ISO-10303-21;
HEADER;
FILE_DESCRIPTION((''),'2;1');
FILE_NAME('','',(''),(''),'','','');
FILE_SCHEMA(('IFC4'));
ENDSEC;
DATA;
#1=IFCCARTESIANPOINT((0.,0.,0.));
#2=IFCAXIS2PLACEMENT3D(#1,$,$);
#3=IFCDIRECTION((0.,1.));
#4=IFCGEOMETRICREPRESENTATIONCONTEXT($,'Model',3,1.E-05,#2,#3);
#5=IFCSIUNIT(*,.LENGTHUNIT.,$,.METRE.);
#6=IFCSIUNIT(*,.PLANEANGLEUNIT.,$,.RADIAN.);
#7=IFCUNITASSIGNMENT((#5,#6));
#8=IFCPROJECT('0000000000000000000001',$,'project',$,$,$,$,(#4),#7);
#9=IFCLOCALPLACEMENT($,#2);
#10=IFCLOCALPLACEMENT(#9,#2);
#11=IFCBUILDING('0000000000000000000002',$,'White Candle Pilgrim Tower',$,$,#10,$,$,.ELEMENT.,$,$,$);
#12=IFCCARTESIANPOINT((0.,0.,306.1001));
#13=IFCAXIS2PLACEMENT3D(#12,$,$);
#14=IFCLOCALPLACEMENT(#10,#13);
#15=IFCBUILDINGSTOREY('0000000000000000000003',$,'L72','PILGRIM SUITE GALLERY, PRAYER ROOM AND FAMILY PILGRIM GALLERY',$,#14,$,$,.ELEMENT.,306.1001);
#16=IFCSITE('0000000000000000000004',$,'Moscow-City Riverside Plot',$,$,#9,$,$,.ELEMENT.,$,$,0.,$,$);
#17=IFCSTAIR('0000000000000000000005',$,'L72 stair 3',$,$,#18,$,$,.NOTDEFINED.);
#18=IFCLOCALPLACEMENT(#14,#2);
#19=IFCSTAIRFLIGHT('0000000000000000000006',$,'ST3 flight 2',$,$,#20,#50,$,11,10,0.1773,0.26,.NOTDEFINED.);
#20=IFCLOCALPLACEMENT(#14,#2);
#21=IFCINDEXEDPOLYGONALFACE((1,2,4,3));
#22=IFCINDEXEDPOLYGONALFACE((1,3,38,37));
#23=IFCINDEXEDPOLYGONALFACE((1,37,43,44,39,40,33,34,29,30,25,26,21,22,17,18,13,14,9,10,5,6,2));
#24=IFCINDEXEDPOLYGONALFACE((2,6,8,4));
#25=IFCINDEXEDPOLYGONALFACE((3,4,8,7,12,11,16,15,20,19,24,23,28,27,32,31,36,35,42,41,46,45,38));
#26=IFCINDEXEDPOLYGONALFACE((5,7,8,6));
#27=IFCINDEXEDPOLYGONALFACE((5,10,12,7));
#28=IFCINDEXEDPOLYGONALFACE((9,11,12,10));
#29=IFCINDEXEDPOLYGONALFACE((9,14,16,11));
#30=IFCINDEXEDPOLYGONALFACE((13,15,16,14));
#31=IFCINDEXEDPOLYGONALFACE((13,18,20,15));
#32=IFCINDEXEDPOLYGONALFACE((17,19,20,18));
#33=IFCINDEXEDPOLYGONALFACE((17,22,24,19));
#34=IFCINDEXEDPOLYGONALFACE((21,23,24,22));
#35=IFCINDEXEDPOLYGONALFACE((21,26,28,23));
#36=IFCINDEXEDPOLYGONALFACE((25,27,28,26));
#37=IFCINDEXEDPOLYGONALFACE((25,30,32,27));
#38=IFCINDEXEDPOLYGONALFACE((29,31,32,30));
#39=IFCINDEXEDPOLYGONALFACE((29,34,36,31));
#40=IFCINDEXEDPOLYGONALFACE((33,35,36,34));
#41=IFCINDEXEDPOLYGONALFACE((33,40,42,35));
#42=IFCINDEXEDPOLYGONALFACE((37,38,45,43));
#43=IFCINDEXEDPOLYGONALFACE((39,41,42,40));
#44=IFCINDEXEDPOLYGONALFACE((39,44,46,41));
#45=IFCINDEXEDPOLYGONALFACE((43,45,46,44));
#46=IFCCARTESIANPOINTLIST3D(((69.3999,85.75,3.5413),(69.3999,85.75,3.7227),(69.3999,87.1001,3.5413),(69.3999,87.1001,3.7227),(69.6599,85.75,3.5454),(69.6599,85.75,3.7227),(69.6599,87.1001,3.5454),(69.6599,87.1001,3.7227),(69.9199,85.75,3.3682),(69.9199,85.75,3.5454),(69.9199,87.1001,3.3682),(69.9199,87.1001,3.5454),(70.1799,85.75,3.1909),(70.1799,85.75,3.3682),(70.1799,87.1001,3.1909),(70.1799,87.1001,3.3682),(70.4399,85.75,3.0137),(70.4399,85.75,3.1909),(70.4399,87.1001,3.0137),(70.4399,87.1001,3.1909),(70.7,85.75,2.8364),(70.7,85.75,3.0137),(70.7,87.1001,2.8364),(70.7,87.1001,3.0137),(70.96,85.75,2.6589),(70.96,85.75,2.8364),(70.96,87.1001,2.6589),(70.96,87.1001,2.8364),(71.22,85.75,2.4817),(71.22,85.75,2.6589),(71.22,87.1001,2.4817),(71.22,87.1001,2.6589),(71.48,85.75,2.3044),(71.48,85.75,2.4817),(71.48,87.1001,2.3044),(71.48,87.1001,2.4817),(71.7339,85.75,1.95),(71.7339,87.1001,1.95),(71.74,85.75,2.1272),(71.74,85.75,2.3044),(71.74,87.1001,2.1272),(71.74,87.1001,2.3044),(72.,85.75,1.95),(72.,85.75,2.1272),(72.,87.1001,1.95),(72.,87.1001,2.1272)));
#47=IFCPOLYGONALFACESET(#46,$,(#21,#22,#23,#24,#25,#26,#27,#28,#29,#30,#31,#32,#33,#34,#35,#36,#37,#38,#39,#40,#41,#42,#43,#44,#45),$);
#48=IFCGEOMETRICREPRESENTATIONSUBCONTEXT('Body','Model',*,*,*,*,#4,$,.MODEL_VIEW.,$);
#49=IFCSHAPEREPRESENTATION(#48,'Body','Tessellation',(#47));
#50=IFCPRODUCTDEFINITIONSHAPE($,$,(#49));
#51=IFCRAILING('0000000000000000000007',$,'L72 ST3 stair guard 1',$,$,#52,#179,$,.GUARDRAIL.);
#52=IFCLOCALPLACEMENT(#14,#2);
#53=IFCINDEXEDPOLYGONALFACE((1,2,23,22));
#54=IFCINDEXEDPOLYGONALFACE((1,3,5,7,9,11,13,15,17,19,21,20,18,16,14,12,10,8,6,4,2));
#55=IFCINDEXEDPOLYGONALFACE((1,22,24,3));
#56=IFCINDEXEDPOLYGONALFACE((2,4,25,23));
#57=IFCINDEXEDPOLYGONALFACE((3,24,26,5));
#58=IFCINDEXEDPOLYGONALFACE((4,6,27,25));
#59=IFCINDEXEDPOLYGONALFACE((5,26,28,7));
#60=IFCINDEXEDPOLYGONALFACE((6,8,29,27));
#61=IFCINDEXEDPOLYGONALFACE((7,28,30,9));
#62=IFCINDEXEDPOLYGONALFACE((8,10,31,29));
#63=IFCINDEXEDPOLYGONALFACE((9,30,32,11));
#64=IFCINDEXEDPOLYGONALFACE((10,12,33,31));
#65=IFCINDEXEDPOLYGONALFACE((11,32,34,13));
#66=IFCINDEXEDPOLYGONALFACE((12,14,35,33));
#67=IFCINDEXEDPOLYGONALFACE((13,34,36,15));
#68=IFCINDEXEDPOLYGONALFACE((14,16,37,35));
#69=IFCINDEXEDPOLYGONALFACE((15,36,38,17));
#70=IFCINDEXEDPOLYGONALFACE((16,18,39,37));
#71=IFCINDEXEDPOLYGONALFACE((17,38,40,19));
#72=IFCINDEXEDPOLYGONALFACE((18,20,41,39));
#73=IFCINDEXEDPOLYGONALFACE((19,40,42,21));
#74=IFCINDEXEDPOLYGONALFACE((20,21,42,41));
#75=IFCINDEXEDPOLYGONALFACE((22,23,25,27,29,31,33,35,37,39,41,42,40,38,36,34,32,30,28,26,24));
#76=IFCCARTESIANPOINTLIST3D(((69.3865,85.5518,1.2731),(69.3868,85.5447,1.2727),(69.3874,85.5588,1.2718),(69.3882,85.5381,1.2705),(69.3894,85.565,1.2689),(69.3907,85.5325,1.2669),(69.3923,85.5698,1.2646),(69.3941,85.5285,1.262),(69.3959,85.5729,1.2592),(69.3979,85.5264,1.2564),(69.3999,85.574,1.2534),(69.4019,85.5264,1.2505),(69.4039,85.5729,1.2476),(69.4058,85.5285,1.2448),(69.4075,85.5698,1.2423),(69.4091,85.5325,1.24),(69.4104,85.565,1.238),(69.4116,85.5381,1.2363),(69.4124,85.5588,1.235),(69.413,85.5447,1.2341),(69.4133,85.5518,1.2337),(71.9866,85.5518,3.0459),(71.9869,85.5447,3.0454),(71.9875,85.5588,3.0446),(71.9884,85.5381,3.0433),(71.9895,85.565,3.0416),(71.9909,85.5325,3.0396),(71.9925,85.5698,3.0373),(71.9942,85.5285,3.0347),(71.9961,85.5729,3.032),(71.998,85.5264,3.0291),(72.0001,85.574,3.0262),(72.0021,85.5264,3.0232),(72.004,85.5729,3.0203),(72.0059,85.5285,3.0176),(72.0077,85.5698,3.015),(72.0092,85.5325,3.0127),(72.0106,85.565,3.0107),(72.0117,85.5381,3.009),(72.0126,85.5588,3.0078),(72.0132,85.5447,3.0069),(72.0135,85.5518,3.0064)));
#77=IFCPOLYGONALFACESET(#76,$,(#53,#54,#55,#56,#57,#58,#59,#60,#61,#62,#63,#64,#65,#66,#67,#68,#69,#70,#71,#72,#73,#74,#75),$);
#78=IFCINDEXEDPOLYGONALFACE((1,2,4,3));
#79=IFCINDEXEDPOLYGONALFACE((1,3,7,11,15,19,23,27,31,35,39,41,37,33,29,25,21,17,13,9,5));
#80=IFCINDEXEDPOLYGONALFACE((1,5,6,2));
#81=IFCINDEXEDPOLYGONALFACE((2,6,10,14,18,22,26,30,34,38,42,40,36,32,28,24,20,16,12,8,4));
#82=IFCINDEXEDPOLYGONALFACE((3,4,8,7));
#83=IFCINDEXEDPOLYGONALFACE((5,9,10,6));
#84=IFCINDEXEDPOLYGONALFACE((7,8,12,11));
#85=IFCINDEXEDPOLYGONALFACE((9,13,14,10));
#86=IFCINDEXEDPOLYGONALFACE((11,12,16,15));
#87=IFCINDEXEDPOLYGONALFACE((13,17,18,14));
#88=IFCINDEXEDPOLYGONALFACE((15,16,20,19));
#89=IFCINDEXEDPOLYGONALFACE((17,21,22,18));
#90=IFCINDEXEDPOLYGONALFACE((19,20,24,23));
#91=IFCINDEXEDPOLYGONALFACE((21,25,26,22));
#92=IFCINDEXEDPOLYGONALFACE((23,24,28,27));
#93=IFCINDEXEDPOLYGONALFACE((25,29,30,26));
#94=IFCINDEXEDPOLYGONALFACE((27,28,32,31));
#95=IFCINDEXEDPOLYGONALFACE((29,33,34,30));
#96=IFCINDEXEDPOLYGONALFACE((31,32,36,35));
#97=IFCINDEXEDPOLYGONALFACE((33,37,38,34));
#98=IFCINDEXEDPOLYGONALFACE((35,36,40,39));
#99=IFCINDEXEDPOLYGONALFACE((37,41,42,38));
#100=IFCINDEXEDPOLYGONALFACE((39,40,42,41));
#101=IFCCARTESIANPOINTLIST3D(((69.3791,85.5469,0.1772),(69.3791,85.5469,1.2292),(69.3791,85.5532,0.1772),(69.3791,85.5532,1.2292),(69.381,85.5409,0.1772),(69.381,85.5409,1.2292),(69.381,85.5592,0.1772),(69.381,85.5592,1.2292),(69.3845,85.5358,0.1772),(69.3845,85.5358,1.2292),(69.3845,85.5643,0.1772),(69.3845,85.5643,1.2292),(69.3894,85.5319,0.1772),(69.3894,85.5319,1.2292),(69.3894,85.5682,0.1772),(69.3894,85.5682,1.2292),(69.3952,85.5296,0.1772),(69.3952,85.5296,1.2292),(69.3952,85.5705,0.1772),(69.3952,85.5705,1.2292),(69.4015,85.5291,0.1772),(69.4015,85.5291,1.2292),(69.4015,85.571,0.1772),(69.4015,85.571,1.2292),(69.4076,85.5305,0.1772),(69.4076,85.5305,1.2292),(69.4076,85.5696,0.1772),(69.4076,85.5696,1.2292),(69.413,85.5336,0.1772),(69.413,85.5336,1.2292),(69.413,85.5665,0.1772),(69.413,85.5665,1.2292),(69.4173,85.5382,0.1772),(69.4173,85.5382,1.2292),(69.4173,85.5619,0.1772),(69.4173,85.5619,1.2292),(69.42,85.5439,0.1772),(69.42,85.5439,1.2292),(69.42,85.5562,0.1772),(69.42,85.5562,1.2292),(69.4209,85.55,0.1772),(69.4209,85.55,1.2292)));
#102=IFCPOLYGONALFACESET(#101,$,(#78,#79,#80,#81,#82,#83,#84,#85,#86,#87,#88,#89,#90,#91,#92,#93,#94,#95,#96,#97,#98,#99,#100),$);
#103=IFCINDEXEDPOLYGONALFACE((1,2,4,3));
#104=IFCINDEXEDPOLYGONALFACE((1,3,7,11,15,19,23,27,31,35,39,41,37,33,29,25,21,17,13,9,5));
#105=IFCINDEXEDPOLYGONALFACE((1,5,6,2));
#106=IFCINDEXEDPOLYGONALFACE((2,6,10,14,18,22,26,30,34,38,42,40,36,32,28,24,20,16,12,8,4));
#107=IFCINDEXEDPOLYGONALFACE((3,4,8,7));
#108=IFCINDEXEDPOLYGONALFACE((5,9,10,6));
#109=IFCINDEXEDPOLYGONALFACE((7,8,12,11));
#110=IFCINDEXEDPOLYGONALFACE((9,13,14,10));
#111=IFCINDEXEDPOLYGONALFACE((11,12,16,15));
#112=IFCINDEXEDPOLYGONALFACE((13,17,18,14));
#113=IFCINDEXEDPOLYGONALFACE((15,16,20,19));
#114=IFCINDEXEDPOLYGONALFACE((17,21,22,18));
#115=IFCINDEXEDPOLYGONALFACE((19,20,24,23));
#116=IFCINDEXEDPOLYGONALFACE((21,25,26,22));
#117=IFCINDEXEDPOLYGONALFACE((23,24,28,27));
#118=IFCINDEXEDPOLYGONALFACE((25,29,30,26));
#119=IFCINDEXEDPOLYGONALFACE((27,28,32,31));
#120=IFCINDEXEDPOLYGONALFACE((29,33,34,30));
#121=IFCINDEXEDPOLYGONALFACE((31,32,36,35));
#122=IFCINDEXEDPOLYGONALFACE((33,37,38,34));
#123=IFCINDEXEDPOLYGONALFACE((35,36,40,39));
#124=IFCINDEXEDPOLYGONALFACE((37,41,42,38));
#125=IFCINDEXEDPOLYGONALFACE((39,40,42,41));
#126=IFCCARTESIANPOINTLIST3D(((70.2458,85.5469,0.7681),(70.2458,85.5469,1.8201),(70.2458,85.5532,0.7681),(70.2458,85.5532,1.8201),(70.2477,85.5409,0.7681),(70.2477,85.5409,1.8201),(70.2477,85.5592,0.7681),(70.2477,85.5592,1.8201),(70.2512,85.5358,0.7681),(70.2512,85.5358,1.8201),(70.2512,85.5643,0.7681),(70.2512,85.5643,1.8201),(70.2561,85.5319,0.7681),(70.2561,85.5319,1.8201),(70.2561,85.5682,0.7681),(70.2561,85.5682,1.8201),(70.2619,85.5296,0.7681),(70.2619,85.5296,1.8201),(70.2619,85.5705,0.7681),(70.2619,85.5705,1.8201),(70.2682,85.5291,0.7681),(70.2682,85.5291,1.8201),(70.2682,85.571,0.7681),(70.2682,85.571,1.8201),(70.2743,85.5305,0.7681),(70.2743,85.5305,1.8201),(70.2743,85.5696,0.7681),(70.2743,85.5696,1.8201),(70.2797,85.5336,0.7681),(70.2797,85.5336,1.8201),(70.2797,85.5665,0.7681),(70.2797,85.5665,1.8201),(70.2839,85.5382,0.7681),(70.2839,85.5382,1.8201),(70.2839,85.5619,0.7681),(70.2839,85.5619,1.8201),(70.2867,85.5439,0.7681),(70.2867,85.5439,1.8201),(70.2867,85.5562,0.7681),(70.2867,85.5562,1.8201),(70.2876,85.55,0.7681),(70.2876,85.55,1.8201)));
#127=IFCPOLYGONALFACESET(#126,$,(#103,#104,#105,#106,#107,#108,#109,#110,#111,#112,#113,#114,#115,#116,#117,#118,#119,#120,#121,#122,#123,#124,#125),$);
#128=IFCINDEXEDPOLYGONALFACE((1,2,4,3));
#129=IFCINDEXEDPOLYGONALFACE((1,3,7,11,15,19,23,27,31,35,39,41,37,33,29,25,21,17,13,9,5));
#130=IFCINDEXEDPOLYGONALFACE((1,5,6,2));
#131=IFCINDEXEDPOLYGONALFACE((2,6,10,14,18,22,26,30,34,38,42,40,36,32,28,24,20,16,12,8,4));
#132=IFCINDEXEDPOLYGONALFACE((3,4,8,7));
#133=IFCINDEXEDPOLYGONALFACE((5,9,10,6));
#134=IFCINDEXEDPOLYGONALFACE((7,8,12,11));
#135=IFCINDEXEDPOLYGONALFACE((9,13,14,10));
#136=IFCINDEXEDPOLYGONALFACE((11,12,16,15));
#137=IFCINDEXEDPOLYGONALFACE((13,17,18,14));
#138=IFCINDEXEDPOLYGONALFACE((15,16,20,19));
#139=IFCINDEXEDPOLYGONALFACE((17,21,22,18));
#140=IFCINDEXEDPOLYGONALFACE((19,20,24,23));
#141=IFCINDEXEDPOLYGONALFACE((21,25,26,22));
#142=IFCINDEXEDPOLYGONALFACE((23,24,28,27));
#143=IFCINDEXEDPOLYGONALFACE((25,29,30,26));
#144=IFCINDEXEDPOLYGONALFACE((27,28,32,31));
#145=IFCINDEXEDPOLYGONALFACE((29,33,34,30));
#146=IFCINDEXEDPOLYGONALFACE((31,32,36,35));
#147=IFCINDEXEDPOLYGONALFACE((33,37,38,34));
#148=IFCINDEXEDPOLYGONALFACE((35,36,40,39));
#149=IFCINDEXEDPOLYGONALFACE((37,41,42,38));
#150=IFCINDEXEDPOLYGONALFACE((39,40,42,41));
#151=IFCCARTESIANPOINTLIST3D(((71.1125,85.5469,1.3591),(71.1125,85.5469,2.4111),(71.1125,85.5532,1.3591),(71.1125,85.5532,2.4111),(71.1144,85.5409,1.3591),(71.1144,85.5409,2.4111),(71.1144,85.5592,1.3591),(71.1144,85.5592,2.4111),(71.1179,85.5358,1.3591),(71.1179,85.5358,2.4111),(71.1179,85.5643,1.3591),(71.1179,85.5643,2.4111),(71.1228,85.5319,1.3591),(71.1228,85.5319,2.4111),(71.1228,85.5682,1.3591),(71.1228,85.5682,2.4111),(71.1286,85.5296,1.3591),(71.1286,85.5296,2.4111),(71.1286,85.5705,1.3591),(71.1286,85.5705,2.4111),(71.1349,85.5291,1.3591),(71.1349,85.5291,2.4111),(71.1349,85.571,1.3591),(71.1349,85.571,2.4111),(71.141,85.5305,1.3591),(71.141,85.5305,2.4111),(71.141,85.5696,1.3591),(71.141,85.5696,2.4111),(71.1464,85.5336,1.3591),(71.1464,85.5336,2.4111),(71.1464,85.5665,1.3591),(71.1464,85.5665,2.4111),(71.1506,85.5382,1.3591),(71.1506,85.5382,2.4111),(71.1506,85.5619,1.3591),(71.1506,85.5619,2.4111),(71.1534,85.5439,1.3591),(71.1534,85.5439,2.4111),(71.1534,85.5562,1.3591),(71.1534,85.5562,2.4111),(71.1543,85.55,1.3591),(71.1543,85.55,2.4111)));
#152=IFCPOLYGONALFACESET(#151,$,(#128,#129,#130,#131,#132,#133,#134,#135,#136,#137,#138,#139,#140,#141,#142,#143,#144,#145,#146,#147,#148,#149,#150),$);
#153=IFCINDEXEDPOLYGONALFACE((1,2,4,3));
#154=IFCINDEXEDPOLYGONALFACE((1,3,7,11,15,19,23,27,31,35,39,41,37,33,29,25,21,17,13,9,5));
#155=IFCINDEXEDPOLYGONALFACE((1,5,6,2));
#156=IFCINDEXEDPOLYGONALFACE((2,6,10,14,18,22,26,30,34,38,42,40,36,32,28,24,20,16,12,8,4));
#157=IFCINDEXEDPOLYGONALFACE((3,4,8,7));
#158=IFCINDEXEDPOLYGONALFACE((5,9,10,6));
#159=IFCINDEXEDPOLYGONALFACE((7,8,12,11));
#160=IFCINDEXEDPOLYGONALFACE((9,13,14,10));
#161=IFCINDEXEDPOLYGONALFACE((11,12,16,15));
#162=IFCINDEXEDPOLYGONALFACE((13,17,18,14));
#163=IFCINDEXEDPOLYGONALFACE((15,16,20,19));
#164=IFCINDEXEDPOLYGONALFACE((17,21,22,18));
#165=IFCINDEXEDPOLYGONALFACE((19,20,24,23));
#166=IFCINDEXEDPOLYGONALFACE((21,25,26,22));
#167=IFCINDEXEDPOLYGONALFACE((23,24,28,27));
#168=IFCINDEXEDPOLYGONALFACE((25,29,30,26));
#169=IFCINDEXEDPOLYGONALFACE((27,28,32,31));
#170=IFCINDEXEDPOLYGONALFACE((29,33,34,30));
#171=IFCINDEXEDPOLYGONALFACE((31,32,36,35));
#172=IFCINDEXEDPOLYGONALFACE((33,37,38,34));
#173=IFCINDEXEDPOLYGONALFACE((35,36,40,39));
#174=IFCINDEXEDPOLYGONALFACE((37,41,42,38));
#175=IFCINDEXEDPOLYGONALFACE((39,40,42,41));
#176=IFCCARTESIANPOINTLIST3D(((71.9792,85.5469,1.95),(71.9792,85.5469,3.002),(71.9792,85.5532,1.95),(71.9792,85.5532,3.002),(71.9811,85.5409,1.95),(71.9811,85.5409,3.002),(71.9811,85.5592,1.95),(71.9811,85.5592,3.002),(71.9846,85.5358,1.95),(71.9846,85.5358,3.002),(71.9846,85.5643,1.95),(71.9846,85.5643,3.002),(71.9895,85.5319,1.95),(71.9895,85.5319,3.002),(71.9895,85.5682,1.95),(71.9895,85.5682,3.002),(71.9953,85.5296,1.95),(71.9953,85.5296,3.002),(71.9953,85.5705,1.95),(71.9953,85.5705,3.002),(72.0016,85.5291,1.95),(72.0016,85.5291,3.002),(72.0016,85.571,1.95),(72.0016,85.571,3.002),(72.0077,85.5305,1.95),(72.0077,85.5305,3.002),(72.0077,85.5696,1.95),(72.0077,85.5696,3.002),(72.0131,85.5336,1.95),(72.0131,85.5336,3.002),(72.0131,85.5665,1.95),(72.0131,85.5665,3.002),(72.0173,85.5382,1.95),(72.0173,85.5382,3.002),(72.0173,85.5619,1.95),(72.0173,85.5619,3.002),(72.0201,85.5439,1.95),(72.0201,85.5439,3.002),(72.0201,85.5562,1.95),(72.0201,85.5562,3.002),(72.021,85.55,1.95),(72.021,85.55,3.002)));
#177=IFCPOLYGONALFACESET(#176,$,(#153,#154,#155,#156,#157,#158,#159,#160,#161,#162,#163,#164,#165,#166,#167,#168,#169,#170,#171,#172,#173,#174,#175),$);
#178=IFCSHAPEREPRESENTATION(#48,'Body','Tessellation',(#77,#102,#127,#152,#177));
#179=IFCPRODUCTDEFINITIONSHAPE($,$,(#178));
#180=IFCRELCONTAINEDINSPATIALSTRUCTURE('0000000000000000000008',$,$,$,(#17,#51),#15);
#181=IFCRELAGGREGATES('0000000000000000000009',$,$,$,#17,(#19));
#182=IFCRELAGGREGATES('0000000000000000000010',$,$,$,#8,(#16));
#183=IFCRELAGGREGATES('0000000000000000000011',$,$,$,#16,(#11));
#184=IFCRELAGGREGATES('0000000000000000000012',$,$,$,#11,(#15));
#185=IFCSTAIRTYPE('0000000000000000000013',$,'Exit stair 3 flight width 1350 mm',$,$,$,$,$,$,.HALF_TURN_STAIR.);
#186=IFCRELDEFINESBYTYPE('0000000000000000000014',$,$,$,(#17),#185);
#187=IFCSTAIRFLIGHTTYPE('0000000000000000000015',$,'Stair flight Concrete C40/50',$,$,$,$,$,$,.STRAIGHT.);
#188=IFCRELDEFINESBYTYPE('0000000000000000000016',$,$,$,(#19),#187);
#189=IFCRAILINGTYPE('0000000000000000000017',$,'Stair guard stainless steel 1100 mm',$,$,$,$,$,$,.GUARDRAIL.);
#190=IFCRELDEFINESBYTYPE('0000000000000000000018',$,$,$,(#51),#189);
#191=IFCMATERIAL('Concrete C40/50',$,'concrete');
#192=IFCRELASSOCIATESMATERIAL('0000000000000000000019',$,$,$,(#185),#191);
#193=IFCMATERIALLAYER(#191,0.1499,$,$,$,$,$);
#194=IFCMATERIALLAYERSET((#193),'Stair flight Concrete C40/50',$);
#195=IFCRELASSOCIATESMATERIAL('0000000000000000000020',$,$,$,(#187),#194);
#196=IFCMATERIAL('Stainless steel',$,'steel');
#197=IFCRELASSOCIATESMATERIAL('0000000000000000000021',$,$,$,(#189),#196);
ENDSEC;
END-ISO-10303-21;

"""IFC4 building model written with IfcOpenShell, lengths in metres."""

from ifc_helpers import new_model, si_unit, direction, frame, origin, origin_2d, place, context, subcontext, project, spatial, polyline, circle, outline, extrude, material, layer, layer_set, type_object, element, aggregate, save


model = new_model("IFC4")

# Units and contexts
model_context = context("Model", 3, precision=1e-05, world=origin(), true_north=direction((0.0, 1.0)))
body_context = subcontext(model_context, "Body", "Model", "MODEL_VIEW")
ifc_project = project(units=[si_unit("LENGTHUNIT", "METRE"), si_unit("PLANEANGLEUNIT", "RADIAN")], contexts=[model_context])

# Site, building, storey
site_placement = place(None, origin())
site = spatial("IfcSite", under=ifc_project, at=site_placement, Name="Moscow-City Riverside Plot", CompositionType="ELEMENT", RefElevation=0.0)
building_placement = place(site_placement, origin())
building = spatial("IfcBuilding", under=site, at=building_placement, Name="White Candle Pilgrim Tower", CompositionType="ELEMENT")
storey_placement = place(building_placement, frame((0.0, 0.0, 306.1001)))
storey = spatial("IfcBuildingStorey", under=building, at=storey_placement, Name="L72", Description="PILGRIM SUITE GALLERY, PRAYER ROOM AND FAMILY PILGRIM GALLERY", CompositionType="ELEMENT", Elevation=306.1001)

# Shared definitions
ifc_material_1 = material(Name="Concrete C40/50", Category="concrete")

# Stair, stair flight
stair_type = type_object("IfcStairType", Name="Exit stair 3 flight width 1350 mm", PredefinedType="HALF_TURN_STAIR", material=ifc_material_1)
stair_placement = place(storey_placement, origin())
stair = element("IfcStair", 1, at=stair_placement, inside=storey, type_object=stair_type, Name="L72 stair 3", PredefinedType="NOTDEFINED")
ifc_layer_1 = layer(ifc_material_1, 0.1499)
ifc_layer_set_1 = layer_set([ifc_layer_1], Name="Stair flight Concrete C40/50")
stair_flight_type = type_object("IfcStairFlightType", Name="Stair flight Concrete C40/50", PredefinedType="STRAIGHT", material=ifc_layer_set_1)
stair_flight_1_placement = place(storey_placement, frame((72.0, 86.425, 1.95), z_axis=(0.0, 0.0, 1.0), x_axis=(-1.0, 0.0, 0.0)))
stair_flight_1 = element("IfcStairFlight", 2, at=stair_flight_1_placement, type_object=stair_flight_type, Name="ST3 flight 2", NumberOfRisers=11, NumberOfTreads=10, PredefinedType="NOTDEFINED", RiserHeight=0.1773, TreadLength=0.26, context=body_context, shape_type="SweptSolid", body=[
    extrude(outline(polyline([(0.0, 0.0), (0.0, 0.1772), (0.26, 0.1772), (0.26, 0.3545), (0.52, 0.3545), (0.52, 0.5317), (0.78, 0.5317), (0.78, 0.709), (1.04, 0.709), (1.04, 0.8865), (1.3, 0.8865), (1.3, 1.0637), (1.5601, 1.0637), (1.5601, 1.241), (1.8201, 1.241), (1.8201, 1.4182), (2.0801, 1.4182), (2.0801, 1.5955), (2.3401, 1.5955), (2.3401, 1.7727), (2.6001, 1.7727), (2.6001, 1.95), (2.6001, 1.5913), (0.2661, 0.0), (0.0, 0.0)])), frame((0.0, 0.675, 0.0), z_axis=(0.0, -1.0, 0.0), x_axis=(1.0, 0.0, 0.0)), (0.0, 0.0, 1.0), 1.3501),
])
aggregate(stair, [stair_flight_1])

# Railing
ifc_material_2 = material(Name="Stainless steel", Category="steel")
railing_type_1 = type_object("IfcRailingType", Name="Stair guard stainless steel 1100 mm", PredefinedType="GUARDRAIL", material=ifc_material_2)
railing_1_placement = place(storey_placement, frame((69.3999, 85.55, 0.1772)))
element("IfcRailing", 3, at=railing_1_placement, inside=storey, type_object=railing_type_1, Name="L72 ST3 stair guard 1", PredefinedType="GUARDRAIL", context=body_context, shape_type="SweptSolid", body=[
    extrude(circle(Radius=0.0239, at=origin_2d()), frame((0.0, 0.0, 1.0762), z_axis=(0.82624, 0.0, 0.563318), x_axis=(0.0, 1.0, 0.0)), (0.0, 0.0, 1.0), 3.147),
    extrude(circle(Radius=0.021, at=origin_2d()), origin(), (0.0, 0.0, 1.0), 1.052),
    extrude(circle(Radius=0.021, at=origin_2d()), frame((0.8667, 0.0, 0.5908)), (0.0, 0.0, 1.0), 1.052),
    extrude(circle(Radius=0.021, at=origin_2d()), frame((1.7334, 0.0, 1.1819)), (0.0, 0.0, 1.0), 1.052),
    extrude(circle(Radius=0.021, at=origin_2d()), frame((2.6001, 0.0, 1.7727)), (0.0, 0.0, 1.0), 1.052),
])

save(model, "model.ifc")
